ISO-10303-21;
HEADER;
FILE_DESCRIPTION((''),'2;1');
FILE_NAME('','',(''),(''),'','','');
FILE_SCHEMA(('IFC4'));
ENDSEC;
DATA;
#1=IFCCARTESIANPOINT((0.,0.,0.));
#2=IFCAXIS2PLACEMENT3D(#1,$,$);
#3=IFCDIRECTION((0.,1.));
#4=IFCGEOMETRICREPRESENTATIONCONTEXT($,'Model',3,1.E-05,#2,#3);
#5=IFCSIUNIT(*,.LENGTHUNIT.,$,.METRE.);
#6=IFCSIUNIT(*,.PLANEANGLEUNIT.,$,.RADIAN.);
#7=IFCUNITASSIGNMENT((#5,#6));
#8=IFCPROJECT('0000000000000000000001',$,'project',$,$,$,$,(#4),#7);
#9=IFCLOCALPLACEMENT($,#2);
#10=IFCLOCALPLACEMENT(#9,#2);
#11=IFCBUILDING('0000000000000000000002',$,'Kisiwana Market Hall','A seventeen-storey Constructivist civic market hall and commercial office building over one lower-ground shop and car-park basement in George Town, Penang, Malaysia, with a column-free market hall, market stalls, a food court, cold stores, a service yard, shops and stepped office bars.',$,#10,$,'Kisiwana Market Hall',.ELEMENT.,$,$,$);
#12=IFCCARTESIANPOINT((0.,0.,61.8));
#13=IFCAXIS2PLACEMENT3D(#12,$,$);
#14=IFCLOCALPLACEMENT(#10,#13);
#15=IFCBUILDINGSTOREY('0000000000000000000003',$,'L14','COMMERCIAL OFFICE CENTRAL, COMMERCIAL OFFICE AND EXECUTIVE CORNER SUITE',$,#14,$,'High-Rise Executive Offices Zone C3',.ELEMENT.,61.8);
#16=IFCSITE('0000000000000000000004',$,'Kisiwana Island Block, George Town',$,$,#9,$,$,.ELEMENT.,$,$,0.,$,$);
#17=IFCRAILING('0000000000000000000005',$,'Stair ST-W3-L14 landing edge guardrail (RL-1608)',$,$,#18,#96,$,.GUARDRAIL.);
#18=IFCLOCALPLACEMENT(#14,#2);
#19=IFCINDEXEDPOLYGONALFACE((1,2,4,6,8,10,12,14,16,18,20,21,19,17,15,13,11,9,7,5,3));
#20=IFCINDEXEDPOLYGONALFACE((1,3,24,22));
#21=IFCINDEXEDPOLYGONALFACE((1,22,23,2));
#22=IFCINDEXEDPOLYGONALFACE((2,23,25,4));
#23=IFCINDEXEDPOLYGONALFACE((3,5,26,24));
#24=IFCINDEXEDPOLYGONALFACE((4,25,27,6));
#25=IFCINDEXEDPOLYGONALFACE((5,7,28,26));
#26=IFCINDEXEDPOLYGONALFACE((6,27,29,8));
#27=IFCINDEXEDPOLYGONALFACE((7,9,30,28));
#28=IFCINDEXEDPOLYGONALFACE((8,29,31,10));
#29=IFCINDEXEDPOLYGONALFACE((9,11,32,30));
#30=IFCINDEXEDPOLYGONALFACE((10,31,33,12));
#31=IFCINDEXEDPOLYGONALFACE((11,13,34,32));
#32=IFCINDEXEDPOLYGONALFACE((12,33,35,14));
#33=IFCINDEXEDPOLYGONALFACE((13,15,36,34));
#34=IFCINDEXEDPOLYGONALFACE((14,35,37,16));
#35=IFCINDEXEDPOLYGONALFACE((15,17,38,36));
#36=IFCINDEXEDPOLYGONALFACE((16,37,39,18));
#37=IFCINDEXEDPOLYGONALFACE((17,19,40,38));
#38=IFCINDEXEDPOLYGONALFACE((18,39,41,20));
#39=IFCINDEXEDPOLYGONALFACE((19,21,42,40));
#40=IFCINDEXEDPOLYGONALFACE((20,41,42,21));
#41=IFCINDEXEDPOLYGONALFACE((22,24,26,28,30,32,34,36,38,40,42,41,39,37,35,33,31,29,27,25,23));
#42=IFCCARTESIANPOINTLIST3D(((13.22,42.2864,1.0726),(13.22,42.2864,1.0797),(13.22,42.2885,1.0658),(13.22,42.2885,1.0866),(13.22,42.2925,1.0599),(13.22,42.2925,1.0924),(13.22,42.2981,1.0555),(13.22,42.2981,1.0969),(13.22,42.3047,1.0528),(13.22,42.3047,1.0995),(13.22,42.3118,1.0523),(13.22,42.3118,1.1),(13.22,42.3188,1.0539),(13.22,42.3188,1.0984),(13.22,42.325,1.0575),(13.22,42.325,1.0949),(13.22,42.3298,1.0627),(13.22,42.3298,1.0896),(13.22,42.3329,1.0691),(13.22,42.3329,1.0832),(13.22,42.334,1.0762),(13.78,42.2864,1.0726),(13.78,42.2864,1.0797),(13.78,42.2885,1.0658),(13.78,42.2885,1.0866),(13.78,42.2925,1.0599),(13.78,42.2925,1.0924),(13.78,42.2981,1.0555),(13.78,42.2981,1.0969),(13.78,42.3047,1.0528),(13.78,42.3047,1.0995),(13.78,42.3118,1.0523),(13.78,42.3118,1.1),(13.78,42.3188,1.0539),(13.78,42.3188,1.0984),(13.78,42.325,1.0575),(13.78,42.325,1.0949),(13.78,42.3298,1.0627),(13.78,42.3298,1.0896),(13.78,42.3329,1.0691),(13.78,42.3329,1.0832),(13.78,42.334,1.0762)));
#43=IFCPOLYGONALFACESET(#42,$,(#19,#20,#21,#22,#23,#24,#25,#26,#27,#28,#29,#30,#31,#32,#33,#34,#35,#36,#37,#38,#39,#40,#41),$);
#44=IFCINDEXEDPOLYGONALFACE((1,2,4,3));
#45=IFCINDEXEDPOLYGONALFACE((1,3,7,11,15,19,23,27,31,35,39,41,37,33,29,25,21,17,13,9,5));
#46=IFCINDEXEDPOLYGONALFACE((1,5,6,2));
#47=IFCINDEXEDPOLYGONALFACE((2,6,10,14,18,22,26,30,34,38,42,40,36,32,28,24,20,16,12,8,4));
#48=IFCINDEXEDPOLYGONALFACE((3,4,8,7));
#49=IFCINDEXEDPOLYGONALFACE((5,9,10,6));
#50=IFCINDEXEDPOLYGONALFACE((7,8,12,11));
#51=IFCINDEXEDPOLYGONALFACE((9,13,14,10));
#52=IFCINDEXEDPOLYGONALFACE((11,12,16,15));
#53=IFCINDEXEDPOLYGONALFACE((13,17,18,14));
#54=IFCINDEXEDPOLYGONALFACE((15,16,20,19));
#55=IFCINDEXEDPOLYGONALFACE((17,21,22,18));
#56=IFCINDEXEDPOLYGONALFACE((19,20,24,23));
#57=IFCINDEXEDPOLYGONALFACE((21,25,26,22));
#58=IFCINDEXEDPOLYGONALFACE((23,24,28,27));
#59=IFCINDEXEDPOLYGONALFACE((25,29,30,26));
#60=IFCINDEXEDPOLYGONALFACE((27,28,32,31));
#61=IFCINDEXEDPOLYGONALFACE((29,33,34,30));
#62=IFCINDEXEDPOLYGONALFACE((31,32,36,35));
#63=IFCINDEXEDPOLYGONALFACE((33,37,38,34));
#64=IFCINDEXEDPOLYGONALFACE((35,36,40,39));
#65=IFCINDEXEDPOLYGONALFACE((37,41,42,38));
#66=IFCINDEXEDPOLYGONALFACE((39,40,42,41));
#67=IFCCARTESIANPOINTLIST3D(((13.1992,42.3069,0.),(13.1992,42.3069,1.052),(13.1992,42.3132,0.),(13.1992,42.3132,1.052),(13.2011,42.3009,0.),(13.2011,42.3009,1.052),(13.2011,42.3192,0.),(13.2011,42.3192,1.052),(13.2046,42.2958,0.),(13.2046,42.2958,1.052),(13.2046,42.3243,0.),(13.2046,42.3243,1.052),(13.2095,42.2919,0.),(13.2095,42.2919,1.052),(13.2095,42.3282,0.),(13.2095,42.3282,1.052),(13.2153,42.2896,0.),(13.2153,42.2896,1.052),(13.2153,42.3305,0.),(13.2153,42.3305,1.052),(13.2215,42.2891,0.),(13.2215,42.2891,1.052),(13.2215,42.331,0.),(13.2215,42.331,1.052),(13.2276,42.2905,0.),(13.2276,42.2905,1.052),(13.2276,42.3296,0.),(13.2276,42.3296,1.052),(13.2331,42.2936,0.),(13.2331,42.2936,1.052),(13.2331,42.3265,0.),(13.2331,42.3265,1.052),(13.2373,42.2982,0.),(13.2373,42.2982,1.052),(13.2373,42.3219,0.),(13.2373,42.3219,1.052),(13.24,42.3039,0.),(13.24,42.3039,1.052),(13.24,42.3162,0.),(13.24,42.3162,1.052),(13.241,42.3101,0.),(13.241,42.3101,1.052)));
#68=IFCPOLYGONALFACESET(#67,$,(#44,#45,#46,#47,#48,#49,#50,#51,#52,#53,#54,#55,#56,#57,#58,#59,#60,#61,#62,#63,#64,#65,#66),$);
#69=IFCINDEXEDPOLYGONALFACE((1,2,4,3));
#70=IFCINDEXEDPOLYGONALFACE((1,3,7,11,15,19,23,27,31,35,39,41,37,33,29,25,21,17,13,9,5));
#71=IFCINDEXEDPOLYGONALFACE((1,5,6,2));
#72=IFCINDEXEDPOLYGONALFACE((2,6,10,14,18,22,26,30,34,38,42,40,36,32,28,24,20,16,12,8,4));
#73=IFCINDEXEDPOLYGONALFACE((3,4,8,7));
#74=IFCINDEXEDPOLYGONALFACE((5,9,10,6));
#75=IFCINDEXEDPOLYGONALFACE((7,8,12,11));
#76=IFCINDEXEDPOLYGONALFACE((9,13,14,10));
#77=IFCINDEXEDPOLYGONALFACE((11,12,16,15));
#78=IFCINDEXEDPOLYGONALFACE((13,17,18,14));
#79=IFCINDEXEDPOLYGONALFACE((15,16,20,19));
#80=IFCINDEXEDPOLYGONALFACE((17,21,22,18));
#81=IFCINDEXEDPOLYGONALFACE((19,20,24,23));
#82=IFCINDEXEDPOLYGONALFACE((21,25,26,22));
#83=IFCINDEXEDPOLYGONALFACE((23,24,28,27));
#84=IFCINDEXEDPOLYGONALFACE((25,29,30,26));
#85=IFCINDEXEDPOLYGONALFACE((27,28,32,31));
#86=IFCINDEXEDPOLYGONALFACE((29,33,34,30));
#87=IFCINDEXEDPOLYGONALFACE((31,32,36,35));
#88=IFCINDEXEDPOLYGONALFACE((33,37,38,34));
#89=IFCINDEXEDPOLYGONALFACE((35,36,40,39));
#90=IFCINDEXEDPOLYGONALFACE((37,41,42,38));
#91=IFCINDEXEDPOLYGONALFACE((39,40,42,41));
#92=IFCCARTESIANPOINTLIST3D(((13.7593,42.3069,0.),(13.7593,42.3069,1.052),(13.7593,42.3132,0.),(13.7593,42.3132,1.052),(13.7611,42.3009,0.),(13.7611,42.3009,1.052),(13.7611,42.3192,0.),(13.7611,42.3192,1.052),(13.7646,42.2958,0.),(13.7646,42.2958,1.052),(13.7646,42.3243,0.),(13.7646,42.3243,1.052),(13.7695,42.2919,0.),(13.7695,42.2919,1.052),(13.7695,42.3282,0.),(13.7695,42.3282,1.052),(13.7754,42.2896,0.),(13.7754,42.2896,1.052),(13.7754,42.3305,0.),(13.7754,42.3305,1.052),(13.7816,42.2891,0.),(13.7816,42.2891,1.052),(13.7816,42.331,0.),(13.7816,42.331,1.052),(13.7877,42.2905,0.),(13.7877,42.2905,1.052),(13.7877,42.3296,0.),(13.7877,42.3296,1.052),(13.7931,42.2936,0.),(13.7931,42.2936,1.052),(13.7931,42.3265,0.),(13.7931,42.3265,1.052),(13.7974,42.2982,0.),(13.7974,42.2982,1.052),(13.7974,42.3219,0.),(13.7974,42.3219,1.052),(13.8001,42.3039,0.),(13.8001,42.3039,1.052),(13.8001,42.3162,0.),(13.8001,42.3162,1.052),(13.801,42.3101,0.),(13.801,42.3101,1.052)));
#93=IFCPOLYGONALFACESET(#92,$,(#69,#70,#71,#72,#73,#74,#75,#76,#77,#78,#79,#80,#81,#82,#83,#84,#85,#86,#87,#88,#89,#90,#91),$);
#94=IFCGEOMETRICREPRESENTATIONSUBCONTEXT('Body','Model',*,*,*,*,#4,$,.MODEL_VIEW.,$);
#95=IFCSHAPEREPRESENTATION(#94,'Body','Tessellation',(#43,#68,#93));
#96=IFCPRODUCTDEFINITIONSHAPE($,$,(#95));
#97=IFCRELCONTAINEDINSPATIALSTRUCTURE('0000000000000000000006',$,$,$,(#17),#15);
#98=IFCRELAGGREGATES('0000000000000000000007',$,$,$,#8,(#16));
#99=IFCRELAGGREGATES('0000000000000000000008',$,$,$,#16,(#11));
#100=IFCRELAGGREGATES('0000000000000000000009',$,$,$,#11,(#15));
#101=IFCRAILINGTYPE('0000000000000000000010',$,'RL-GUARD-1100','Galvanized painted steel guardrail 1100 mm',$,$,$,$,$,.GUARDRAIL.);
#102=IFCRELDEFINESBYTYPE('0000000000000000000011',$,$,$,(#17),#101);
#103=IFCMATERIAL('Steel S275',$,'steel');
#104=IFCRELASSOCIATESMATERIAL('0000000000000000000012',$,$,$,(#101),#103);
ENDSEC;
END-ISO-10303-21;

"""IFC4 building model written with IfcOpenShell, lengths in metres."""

from ifc_helpers import new_model, si_unit, direction, frame, origin, origin_2d, place, context, subcontext, project, spatial, circle, extrude, material, type_object, element, save


model = new_model("IFC4")

# Units and contexts
model_context = context("Model", 3, precision=1e-05, world=origin(), true_north=direction((0.0, 1.0)))
body_context = subcontext(model_context, "Body", "Model", "MODEL_VIEW")
ifc_project = project(units=[si_unit("LENGTHUNIT", "METRE"), si_unit("PLANEANGLEUNIT", "RADIAN")], contexts=[model_context])

# Site, building, storey
site_placement = place(None, origin())
site = spatial("IfcSite", under=ifc_project, at=site_placement, Name="Kisiwana Island Block, George Town", CompositionType="ELEMENT", RefElevation=0.0)
building_placement = place(site_placement, origin())
building = spatial("IfcBuilding", under=site, at=building_placement, Name="Kisiwana Market Hall", Description="A seventeen-storey Constructivist civic market hall and commercial office building over one lower-ground shop and car-park basement in George Town, Penang, Malaysia, with a column-free market hall, market stalls, a food court, cold stores, a service yard, shops and stepped office bars.", LongName="Kisiwana Market Hall", CompositionType="ELEMENT")
storey_placement = place(building_placement, frame((0.0, 0.0, 61.8)))
storey = spatial("IfcBuildingStorey", under=building, at=storey_placement, Name="L14", Description="COMMERCIAL OFFICE CENTRAL, COMMERCIAL OFFICE AND EXECUTIVE CORNER SUITE", LongName="High-Rise Executive Offices Zone C3", CompositionType="ELEMENT", Elevation=61.8)

# Railing
ifc_material_1 = material(Name="Steel S275", Category="steel")
railing_type_1 = type_object("IfcRailingType", Name="RL-GUARD-1100", Description="Galvanized painted steel guardrail 1100 mm", PredefinedType="GUARDRAIL", material=ifc_material_1)
railing_1_placement = place(storey_placement, frame((13.22, 42.3101, 0.0)))
element("IfcRailing", 1, at=railing_1_placement, inside=storey, type_object=railing_type_1, Name="Stair ST-W3-L14 landing edge guardrail (RL-1608)", PredefinedType="GUARDRAIL", context=body_context, shape_type="SweptSolid", body=[
    extrude(circle(Radius=0.0239, at=origin_2d()), frame((0.0, 0.0, 1.0762), z_axis=(1.0, 0.0, 0.0), x_axis=(0.0, 1.0, 0.0)), (0.0, 0.0, 1.0), 0.5601),
    extrude(circle(Radius=0.021, at=origin_2d()), origin(), (0.0, 0.0, 1.0), 1.052),
    extrude(circle(Radius=0.021, at=origin_2d()), frame((0.5601, 0.0, 0.0)), (0.0, 0.0, 1.0), 1.052),
])

save(model, "model.ifc")
